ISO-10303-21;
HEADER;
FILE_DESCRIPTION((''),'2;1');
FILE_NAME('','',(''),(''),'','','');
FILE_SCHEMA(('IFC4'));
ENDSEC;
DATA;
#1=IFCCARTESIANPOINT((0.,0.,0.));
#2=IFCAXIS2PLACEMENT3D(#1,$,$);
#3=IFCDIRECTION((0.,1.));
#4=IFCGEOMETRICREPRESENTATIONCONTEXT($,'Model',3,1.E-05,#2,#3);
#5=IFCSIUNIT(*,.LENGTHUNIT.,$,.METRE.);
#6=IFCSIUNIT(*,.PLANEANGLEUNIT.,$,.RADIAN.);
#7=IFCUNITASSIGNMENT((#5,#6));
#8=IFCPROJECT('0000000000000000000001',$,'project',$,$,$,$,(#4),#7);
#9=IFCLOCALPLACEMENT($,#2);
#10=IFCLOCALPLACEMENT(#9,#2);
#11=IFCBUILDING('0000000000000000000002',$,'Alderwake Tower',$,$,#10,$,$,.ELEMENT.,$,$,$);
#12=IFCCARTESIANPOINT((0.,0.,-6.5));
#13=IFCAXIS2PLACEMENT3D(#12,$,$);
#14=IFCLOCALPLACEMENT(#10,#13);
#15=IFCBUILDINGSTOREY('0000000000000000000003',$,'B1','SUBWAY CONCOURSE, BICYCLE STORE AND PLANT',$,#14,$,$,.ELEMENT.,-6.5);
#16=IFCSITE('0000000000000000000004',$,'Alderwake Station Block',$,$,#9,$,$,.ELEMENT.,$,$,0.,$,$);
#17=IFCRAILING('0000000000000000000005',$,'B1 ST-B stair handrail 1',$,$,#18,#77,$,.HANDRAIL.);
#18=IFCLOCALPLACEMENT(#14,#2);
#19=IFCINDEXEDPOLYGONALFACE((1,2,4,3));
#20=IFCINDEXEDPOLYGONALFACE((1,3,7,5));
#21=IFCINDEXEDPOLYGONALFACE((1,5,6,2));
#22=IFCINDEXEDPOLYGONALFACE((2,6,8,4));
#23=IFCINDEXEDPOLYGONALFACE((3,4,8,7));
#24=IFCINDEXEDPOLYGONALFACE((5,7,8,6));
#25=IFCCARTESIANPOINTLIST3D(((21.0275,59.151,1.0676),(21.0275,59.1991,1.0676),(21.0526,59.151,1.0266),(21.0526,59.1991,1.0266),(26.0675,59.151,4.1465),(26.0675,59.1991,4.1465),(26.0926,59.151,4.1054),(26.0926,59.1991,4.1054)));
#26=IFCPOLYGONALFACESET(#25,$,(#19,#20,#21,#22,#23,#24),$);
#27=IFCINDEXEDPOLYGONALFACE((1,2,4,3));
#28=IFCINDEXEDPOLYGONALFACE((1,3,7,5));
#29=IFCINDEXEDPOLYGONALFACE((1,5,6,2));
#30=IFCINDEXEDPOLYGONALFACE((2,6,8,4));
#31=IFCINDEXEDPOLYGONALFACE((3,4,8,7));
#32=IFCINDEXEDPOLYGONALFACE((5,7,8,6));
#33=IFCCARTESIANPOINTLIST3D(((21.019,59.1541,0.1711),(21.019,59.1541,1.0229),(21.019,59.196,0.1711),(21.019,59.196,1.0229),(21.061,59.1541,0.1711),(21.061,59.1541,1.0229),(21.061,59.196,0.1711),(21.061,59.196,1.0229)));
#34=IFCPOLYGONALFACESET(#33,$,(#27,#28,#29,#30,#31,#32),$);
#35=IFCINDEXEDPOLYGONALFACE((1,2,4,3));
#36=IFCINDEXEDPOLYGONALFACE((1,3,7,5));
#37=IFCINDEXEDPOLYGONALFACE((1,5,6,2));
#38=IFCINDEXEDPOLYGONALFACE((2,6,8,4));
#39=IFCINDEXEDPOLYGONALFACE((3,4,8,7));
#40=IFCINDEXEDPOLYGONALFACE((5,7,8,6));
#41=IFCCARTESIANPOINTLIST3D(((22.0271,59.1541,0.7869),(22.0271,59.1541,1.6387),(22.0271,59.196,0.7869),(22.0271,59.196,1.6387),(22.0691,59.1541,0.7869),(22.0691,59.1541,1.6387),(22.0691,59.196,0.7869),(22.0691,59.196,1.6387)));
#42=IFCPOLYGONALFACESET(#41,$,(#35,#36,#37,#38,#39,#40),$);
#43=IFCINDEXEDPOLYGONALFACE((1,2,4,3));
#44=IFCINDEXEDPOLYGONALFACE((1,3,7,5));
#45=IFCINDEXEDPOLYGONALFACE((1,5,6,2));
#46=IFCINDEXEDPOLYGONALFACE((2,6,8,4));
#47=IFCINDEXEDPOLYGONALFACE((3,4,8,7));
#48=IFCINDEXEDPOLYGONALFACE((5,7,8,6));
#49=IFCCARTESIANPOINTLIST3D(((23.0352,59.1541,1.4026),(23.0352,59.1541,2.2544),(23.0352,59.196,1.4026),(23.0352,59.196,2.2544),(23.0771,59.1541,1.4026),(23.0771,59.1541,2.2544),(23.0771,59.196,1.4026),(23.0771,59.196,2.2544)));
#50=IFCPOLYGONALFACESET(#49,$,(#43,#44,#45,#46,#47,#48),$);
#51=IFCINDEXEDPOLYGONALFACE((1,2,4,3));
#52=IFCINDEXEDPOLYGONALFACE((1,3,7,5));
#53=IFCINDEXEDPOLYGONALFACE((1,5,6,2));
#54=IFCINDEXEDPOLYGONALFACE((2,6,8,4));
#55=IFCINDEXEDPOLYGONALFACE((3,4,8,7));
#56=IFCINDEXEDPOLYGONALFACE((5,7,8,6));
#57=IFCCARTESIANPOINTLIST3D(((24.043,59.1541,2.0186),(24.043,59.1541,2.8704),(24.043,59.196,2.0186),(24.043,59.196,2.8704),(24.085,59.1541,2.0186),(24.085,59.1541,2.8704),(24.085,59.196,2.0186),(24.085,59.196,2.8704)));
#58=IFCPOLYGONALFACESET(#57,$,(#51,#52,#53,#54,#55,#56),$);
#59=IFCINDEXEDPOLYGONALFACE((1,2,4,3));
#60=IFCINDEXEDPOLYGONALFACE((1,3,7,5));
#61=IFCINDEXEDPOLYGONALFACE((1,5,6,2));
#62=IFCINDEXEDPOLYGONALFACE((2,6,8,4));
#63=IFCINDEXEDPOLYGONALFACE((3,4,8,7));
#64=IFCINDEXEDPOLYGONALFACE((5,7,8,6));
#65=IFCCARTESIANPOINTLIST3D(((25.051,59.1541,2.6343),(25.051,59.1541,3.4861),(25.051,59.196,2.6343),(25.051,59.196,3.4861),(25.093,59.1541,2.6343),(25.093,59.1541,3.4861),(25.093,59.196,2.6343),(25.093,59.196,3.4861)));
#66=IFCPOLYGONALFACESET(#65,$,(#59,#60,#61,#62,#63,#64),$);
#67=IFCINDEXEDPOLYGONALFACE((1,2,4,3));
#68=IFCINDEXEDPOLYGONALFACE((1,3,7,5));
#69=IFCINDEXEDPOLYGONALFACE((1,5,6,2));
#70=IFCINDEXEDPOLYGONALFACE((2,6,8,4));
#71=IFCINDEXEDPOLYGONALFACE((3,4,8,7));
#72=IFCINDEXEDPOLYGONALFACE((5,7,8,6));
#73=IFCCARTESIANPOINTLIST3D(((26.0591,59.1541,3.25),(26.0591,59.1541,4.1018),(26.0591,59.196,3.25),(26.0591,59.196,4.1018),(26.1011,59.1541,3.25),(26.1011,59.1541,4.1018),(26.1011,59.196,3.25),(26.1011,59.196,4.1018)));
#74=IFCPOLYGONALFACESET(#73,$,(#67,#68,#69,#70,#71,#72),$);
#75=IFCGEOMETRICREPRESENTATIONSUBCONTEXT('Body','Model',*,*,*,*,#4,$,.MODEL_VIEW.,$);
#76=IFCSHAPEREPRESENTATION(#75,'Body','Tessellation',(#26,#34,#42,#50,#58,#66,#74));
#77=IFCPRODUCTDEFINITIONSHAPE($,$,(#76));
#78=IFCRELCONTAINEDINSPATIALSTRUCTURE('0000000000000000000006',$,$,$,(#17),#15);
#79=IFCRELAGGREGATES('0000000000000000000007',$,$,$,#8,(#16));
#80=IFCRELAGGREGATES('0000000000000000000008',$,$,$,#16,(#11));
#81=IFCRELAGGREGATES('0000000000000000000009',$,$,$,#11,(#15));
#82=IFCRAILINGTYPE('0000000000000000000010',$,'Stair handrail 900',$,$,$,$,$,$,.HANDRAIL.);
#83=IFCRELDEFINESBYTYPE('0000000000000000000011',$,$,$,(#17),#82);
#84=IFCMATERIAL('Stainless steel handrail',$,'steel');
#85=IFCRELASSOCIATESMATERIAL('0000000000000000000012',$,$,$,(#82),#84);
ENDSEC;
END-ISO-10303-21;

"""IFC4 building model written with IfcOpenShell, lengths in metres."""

from ifc_helpers import new_model, si_unit, direction, frame, origin, origin_with_axes, origin_2d, place, context, subcontext, project, spatial, rectangle, extrude, material, type_object, element, save


model = new_model("IFC4")

# Units and contexts
model_context = context("Model", 3, precision=1e-05, world=origin(), true_north=direction((0.0, 1.0)))
body_context = subcontext(model_context, "Body", "Model", "MODEL_VIEW")
ifc_project = project(units=[si_unit("LENGTHUNIT", "METRE"), si_unit("PLANEANGLEUNIT", "RADIAN")], contexts=[model_context])

# Site, building, storey
site_placement = place(None, origin())
site = spatial("IfcSite", under=ifc_project, at=site_placement, Name="Alderwake Station Block", CompositionType="ELEMENT", RefElevation=0.0)
building_placement = place(site_placement, origin())
building = spatial("IfcBuilding", under=site, at=building_placement, Name="Alderwake Tower", CompositionType="ELEMENT")
storey_placement = place(building_placement, frame((0.0, 0.0, -6.5)))
storey = spatial("IfcBuildingStorey", under=building, at=storey_placement, Name="B1", Description="SUBWAY CONCOURSE, BICYCLE STORE AND PLANT", CompositionType="ELEMENT", Elevation=-6.5)

# Railing
ifc_material_1 = material(Name="Stainless steel handrail", Category="steel")
railing_type_1 = type_object("IfcRailingType", Name="Stair handrail 900", PredefinedType="HANDRAIL", material=ifc_material_1)
railing_1_placement = place(storey_placement, frame((21.04, 59.175, 0.1711)))
element("IfcRailing", 1, at=railing_1_placement, inside=storey, type_object=railing_type_1, Name="B1 ST-B stair handrail 1", PredefinedType="HANDRAIL", context=body_context, shape_type="SweptSolid", body=[
    extrude(rectangle(XDim=0.0481, YDim=0.0481, at=origin_2d()), frame((0.0, 0.0, 0.876), z_axis=(0.85337, 0.0, 0.521306), x_axis=(0.0, 1.0, 0.0)), (0.0, 0.0, 1.0), 5.906),
    extrude(rectangle(XDim=0.042, YDim=0.042, at=origin_2d()), origin_with_axes(), (0.0, 0.0, 1.0), 0.8518),
    extrude(rectangle(XDim=0.042, YDim=0.042, at=origin_2d()), frame((1.0081, 0.0, 0.6157), z_axis=(0.0, 0.0, 1.0), x_axis=(1.0, 0.0, 0.0)), (0.0, 0.0, 1.0), 0.8518),
    extrude(rectangle(XDim=0.042, YDim=0.042, at=origin_2d()), frame((2.0161, 0.0, 1.2314), z_axis=(0.0, 0.0, 1.0), x_axis=(1.0, 0.0, 0.0)), (0.0, 0.0, 1.0), 0.8518),
    extrude(rectangle(XDim=0.042, YDim=0.042, at=origin_2d()), frame((3.0239, 0.0, 1.8474), z_axis=(0.0, 0.0, 1.0), x_axis=(1.0, 0.0, 0.0)), (0.0, 0.0, 1.0), 0.8518),
    extrude(rectangle(XDim=0.042, YDim=0.042, at=origin_2d()), frame((4.032, 0.0, 2.4631), z_axis=(0.0, 0.0, 1.0), x_axis=(1.0, 0.0, 0.0)), (0.0, 0.0, 1.0), 0.8518),
    extrude(rectangle(XDim=0.042, YDim=0.042, at=origin_2d()), frame((5.04, 0.0, 3.0789), z_axis=(0.0, 0.0, 1.0), x_axis=(1.0, 0.0, 0.0)), (0.0, 0.0, 1.0), 0.8518),
])

save(model, "model.ifc")
